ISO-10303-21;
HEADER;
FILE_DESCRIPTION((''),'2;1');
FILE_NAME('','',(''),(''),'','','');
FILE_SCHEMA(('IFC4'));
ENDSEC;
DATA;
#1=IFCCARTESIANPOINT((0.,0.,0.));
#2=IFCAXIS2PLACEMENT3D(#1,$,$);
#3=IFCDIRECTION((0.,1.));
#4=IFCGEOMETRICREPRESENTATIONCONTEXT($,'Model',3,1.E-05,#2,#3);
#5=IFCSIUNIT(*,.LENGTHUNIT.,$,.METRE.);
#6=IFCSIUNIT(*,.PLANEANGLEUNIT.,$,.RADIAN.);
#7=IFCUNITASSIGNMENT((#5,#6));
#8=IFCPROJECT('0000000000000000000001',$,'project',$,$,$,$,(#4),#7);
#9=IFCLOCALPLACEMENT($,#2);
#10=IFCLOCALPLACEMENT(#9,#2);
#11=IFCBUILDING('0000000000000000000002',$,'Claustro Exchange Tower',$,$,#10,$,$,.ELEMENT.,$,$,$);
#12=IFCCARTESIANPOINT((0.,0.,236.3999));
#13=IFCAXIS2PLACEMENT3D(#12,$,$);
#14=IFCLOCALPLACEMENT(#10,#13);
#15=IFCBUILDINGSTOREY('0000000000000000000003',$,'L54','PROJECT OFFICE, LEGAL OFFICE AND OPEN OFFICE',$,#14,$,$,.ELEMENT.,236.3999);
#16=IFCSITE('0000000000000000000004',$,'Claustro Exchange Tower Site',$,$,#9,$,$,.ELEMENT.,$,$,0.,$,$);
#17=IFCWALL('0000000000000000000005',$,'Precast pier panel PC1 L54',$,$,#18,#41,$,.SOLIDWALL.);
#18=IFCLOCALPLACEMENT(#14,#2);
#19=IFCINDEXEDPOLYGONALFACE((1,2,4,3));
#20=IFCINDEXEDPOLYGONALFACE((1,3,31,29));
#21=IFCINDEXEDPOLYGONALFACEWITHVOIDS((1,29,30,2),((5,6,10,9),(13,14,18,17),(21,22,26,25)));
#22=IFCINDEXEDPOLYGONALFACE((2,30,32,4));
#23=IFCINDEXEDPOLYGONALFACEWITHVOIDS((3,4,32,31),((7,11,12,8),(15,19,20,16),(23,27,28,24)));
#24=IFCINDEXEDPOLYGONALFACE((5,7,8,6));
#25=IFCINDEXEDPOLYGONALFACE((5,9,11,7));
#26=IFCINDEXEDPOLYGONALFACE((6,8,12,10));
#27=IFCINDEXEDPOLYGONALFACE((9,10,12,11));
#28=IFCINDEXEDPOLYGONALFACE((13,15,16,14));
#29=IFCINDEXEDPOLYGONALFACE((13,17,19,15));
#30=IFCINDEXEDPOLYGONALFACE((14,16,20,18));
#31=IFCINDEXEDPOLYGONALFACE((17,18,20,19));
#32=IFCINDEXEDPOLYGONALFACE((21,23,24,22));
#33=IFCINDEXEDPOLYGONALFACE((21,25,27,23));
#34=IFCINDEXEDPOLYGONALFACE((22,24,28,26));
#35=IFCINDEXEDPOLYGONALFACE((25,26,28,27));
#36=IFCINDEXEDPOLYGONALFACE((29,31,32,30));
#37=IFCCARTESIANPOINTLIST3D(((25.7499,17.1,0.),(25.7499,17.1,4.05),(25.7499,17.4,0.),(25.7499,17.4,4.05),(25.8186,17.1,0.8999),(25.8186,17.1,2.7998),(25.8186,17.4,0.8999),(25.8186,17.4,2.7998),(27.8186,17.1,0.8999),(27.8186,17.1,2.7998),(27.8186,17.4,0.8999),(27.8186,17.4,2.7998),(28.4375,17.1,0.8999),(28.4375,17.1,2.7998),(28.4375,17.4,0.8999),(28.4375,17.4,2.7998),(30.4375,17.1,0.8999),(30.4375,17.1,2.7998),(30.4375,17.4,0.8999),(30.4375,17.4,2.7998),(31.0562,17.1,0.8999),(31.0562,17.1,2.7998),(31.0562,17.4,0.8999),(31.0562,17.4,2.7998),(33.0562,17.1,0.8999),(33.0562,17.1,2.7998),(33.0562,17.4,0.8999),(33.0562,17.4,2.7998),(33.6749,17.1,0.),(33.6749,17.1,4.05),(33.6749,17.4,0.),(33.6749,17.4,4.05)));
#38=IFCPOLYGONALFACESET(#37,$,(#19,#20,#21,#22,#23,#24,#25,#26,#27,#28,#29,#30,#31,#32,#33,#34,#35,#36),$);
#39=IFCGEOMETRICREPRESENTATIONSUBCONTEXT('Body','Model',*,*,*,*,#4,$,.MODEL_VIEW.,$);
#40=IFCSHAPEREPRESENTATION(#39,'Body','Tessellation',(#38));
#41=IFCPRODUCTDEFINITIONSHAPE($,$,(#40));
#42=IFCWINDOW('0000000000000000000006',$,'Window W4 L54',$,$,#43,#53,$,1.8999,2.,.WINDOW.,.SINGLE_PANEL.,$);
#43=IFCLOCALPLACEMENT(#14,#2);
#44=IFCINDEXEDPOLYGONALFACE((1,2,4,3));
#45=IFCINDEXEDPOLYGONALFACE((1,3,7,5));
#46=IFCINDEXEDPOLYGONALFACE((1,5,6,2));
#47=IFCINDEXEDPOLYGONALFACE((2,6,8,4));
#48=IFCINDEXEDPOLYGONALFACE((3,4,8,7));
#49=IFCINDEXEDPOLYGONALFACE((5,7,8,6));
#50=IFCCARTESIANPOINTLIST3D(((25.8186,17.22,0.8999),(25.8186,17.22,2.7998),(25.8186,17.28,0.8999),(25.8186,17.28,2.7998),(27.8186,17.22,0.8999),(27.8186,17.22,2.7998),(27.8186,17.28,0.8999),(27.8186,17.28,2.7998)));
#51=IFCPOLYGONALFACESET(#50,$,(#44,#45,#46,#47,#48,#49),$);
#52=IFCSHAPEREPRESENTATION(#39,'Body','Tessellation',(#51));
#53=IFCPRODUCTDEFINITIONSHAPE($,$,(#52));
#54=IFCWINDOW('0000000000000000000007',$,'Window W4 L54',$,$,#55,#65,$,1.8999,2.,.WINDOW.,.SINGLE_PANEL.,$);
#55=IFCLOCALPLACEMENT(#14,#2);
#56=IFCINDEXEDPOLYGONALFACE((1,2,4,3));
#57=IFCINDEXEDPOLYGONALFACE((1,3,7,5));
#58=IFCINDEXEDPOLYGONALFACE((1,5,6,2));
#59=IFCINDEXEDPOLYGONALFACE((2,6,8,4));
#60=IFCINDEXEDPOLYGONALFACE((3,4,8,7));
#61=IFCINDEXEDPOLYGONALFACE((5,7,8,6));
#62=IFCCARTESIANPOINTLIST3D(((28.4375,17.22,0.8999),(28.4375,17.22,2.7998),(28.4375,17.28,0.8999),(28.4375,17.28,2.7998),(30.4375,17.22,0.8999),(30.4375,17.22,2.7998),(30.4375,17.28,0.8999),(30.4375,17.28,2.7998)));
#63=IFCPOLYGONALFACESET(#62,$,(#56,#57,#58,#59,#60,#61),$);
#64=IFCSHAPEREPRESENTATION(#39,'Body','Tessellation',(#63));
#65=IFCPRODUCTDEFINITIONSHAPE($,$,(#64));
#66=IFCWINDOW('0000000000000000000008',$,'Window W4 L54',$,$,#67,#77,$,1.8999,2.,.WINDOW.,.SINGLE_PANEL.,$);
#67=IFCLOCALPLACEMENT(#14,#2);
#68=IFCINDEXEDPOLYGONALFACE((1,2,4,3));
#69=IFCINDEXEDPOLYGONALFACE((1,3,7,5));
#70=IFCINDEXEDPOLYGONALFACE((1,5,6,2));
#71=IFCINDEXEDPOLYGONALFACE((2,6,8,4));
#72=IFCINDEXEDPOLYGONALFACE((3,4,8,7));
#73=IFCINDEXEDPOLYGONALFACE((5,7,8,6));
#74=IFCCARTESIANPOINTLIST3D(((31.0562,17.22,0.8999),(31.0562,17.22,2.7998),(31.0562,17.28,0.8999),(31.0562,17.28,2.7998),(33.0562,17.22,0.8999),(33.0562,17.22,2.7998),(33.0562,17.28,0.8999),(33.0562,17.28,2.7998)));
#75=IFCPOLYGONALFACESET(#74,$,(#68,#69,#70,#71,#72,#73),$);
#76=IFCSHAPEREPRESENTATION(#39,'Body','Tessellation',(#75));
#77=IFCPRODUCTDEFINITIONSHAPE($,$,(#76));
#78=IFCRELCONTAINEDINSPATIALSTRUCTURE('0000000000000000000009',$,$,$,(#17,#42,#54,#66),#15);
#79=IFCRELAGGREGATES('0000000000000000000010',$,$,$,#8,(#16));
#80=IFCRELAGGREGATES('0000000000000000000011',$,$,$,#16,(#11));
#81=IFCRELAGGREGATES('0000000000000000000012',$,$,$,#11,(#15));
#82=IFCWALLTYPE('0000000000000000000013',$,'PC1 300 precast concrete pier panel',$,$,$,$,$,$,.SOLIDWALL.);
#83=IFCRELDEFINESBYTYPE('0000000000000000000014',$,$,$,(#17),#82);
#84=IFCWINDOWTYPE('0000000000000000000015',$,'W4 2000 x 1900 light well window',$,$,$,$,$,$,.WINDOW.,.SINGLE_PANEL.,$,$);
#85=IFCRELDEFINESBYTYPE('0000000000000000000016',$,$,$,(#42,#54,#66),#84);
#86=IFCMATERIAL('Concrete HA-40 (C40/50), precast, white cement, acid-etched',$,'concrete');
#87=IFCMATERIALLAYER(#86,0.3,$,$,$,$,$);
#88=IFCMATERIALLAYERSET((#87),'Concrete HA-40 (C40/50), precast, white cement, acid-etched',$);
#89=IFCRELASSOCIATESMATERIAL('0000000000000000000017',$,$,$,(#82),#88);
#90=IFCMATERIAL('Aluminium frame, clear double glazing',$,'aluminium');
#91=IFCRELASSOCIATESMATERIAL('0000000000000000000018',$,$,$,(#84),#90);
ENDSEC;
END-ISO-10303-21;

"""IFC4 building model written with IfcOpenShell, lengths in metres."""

from ifc_helpers import new_model, si_unit, direction, frame, frame_2d, origin, place, context, subcontext, project, spatial, rectangle, extrude, material, layer, layer_set, type_object, element, fill, save


model = new_model("IFC4")

# Units and contexts
model_context = context("Model", 3, precision=1e-05, world=origin(), true_north=direction((0.0, 1.0)))
body_context = subcontext(model_context, "Body", "Model", "MODEL_VIEW")
ifc_project = project(units=[si_unit("LENGTHUNIT", "METRE"), si_unit("PLANEANGLEUNIT", "RADIAN")], contexts=[model_context])

# Site, building, storey
site_placement = place(None, origin())
site = spatial("IfcSite", under=ifc_project, at=site_placement, Name="Claustro Exchange Tower Site", CompositionType="ELEMENT", RefElevation=0.0)
building_placement = place(site_placement, origin())
building = spatial("IfcBuilding", under=site, at=building_placement, Name="Claustro Exchange Tower", CompositionType="ELEMENT")
storey_placement = place(building_placement, frame((0.0, 0.0, 236.3999)))
storey = spatial("IfcBuildingStorey", under=building, at=storey_placement, Name="L54", Description="PROJECT OFFICE, LEGAL OFFICE AND OPEN OFFICE", CompositionType="ELEMENT", Elevation=236.3999)

# Wall, openings, windows
ifc_material_1 = material(Name="Concrete HA-40 (C40/50), precast, white cement, acid-etched", Category="concrete")
ifc_layer_1 = layer(ifc_material_1, 0.3)
ifc_layer_set_1 = layer_set([ifc_layer_1], Name="Concrete HA-40 (C40/50), precast, white cement, acid-etched")
wall_type_1 = type_object("IfcWallType", Name="PC1 300 precast concrete pier panel", PredefinedType="SOLIDWALL", material=ifc_layer_set_1)
ifc_material_2 = material(Name="Aluminium frame, clear double glazing", Category="aluminium")
window_type = type_object("IfcWindowType", Name="W4 2000 x 1900 light well window", PartitioningType="SINGLE_PANEL", PredefinedType="WINDOW", material=ifc_material_2)
wall_1_placement = place(storey_placement, frame((25.75, 17.25, 0.0), z_axis=(0.0, 0.0, 1.0), x_axis=(1.0, 0.0, 0.0)))
wall_1 = element("IfcWall", 1, at=wall_1_placement, inside=storey, type_object=wall_type_1, Name="Precast pier panel PC1 L54", PredefinedType="SOLIDWALL", context=body_context, shape_type="SweptSolid", body=[
    extrude(rectangle(XDim=7.925, YDim=0.3, at=frame_2d((3.9624, 0.0))), origin(), (0.0, 0.0, 1.0), 4.05),
])
opening_1_placement = place(wall_1_placement, frame((0.0686, 0.0, 0.8999)))
opening_1 = element("IfcOpeningElement", 2, at=opening_1_placement, cuts=wall_1, PredefinedType="OPENING", context=body_context, shape_type="SweptSolid", body=[
    extrude(rectangle(XDim=2.0, YDim=1.8999, at=frame_2d((1.0, 0.95))), frame((0.0, 0.1599, 0.0), z_axis=(0.0, -1.0, 0.0), x_axis=(1.0, 0.0, 0.0)), (0.0, 0.0, 1.0), 0.3201),
])
opening_2_placement = place(wall_1_placement, frame((2.6875, 0.0, 0.8999)))
opening_2 = element("IfcOpeningElement", 3, at=opening_2_placement, cuts=wall_1, PredefinedType="OPENING", context=body_context, shape_type="SweptSolid", body=[
    extrude(rectangle(XDim=2.0, YDim=1.8999, at=frame_2d((1.0, 0.95))), frame((0.0, 0.1599, 0.0), z_axis=(0.0, -1.0, 0.0), x_axis=(1.0, 0.0, 0.0)), (0.0, 0.0, 1.0), 0.3201),
])
opening_3_placement = place(wall_1_placement, frame((5.3062, 0.0, 0.8999)))
opening_3 = element("IfcOpeningElement", 4, at=opening_3_placement, cuts=wall_1, PredefinedType="OPENING", context=body_context, shape_type="SweptSolid", body=[
    extrude(rectangle(XDim=2.0, YDim=1.8999, at=frame_2d((1.0, 0.95))), frame((0.0, 0.1599, 0.0), z_axis=(0.0, -1.0, 0.0), x_axis=(1.0, 0.0, 0.0)), (0.0, 0.0, 1.0), 0.3201),
])
window_1_placement = place(opening_1_placement, origin())
window_1 = element("IfcWindow", 5, at=window_1_placement, inside=storey, type_object=window_type, Name="Window W4 L54", OverallHeight=1.8999, OverallWidth=2.0, PartitioningType="SINGLE_PANEL", PredefinedType="WINDOW", context=body_context, shape_type="SweptSolid", body=[
    extrude(rectangle(XDim=2.0, YDim=1.8999, at=frame_2d((1.0, 0.95))), frame((0.0, 0.03, 0.0), z_axis=(0.0, -1.0, 0.0), x_axis=(1.0, 0.0, 0.0)), (0.0, 0.0, 1.0), 0.0601),
])
fill(opening_1, window_1)
window_2_placement = place(opening_2_placement, origin())
window_2 = element("IfcWindow", 6, at=window_2_placement, inside=storey, type_object=window_type, Name="Window W4 L54", OverallHeight=1.8999, OverallWidth=2.0, PartitioningType="SINGLE_PANEL", PredefinedType="WINDOW", context=body_context, shape_type="SweptSolid", body=[
    extrude(rectangle(XDim=2.0, YDim=1.8999, at=frame_2d((1.0, 0.95))), frame((0.0, 0.03, 0.0), z_axis=(0.0, -1.0, 0.0), x_axis=(1.0, 0.0, 0.0)), (0.0, 0.0, 1.0), 0.0601),
])
fill(opening_2, window_2)
window_3_placement = place(opening_3_placement, origin())
window_3 = element("IfcWindow", 7, at=window_3_placement, inside=storey, type_object=window_type, Name="Window W4 L54", OverallHeight=1.8999, OverallWidth=2.0, PartitioningType="SINGLE_PANEL", PredefinedType="WINDOW", context=body_context, shape_type="SweptSolid", body=[
    extrude(rectangle(XDim=2.0, YDim=1.8999, at=frame_2d((1.0, 0.95))), frame((0.0, 0.03, 0.0), z_axis=(0.0, -1.0, 0.0), x_axis=(1.0, 0.0, 0.0)), (0.0, 0.0, 1.0), 0.0601),
])
fill(opening_3, window_3)

save(model, "model.ifc")
